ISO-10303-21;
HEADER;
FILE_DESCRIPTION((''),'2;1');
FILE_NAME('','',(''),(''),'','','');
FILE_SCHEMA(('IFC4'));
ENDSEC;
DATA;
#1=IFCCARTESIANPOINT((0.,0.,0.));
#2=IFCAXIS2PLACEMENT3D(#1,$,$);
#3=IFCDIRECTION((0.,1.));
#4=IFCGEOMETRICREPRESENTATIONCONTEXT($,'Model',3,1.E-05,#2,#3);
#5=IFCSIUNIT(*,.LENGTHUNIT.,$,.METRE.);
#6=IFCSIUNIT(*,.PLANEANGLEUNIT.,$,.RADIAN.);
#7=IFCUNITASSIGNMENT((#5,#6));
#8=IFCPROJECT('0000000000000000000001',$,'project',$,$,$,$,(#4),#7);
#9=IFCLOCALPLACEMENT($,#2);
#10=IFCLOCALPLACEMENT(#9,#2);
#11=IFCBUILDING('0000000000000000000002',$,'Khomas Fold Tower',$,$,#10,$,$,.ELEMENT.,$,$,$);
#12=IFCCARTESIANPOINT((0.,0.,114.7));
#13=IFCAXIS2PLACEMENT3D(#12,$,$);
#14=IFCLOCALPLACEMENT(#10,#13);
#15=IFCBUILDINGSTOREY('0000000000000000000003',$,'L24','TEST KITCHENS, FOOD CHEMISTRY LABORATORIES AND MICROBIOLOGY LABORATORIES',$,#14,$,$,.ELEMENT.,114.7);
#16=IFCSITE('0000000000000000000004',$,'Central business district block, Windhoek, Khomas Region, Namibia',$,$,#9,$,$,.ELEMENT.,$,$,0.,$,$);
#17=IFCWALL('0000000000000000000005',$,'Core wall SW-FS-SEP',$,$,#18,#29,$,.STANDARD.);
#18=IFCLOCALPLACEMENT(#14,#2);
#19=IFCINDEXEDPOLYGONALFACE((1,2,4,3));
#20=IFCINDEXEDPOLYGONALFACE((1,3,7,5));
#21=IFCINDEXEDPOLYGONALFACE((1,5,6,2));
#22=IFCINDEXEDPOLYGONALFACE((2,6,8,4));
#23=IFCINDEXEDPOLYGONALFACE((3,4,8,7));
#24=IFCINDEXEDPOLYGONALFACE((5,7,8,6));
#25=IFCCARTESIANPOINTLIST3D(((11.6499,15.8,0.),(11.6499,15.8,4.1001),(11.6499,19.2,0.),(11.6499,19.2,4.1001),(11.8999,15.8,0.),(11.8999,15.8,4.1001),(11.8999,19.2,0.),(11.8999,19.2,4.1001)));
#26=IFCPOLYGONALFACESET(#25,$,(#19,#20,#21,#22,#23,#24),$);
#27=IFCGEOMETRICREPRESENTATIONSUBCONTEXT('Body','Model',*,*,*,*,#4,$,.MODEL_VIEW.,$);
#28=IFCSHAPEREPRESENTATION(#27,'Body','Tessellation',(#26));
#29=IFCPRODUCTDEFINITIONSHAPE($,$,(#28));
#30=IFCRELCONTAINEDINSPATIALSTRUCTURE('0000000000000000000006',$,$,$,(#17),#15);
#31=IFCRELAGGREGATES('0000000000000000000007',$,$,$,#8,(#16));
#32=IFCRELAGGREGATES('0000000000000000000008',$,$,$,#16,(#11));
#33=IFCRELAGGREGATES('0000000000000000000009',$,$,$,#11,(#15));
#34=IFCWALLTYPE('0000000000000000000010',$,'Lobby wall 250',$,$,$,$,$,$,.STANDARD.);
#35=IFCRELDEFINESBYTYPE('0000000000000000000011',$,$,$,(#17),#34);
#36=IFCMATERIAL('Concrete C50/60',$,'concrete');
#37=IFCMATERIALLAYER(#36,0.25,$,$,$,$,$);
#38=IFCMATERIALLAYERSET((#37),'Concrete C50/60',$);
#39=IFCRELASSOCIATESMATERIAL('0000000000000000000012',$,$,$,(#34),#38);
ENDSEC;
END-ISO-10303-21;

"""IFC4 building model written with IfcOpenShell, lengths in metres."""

from ifc_helpers import new_model, si_unit, direction, frame, frame_2d, origin, place, context, subcontext, project, spatial, rectangle, extrude, source, transform, mapped, material, layer, layer_set, type_object, element, save


model = new_model("IFC4")

# Units and contexts
model_context = context("Model", 3, precision=1e-05, world=origin(), true_north=direction((0.0, 1.0)))
body_context = subcontext(model_context, "Body", "Model", "MODEL_VIEW")
ifc_project = project(units=[si_unit("LENGTHUNIT", "METRE"), si_unit("PLANEANGLEUNIT", "RADIAN")], contexts=[model_context])

# Site, building, storey
site_placement = place(None, origin())
site = spatial("IfcSite", under=ifc_project, at=site_placement, Name="Central business district block, Windhoek, Khomas Region, Namibia", CompositionType="ELEMENT", RefElevation=0.0)
building_placement = place(site_placement, origin())
building = spatial("IfcBuilding", under=site, at=building_placement, Name="Khomas Fold Tower", CompositionType="ELEMENT")
storey_placement = place(building_placement, frame((0.0, 0.0, 114.7)))
storey = spatial("IfcBuildingStorey", under=building, at=storey_placement, Name="L24", Description="TEST KITCHENS, FOOD CHEMISTRY LABORATORIES AND MICROBIOLOGY LABORATORIES", CompositionType="ELEMENT", Elevation=114.7)

# Wall
ifc_material_1 = material(Name="Concrete C50/60", Category="concrete")
ifc_layer_1 = layer(ifc_material_1, 0.25)
ifc_layer_set_1 = layer_set([ifc_layer_1], Name="Concrete C50/60")
wall_type_1 = type_object("IfcWallType", Name="Lobby wall 250", PredefinedType="STANDARD", material=ifc_layer_set_1)
shared_shape_1 = source(origin(), body_context, "Body", "SweptSolid", [
    extrude(rectangle(XDim=3.3999, YDim=0.25, at=frame_2d((1.7, 0.0))), origin(), (0.0, 0.0, 1.0), 4.1001),
])
wall_1_placement = place(storey_placement, frame((11.7749, 15.8, 0.0), z_axis=(0.0, 0.0, 1.0), x_axis=(0.0, 1.0, 0.0)))
element("IfcWall", 1, at=wall_1_placement, inside=storey, type_object=wall_type_1, Name="Core wall SW-FS-SEP", PredefinedType="STANDARD", context=body_context, shape_type="MappedRepresentation", body=[
    mapped(shared_shape_1, transform((0.0, 0.0, 0.0))),
])

save(model, "model.ifc")
